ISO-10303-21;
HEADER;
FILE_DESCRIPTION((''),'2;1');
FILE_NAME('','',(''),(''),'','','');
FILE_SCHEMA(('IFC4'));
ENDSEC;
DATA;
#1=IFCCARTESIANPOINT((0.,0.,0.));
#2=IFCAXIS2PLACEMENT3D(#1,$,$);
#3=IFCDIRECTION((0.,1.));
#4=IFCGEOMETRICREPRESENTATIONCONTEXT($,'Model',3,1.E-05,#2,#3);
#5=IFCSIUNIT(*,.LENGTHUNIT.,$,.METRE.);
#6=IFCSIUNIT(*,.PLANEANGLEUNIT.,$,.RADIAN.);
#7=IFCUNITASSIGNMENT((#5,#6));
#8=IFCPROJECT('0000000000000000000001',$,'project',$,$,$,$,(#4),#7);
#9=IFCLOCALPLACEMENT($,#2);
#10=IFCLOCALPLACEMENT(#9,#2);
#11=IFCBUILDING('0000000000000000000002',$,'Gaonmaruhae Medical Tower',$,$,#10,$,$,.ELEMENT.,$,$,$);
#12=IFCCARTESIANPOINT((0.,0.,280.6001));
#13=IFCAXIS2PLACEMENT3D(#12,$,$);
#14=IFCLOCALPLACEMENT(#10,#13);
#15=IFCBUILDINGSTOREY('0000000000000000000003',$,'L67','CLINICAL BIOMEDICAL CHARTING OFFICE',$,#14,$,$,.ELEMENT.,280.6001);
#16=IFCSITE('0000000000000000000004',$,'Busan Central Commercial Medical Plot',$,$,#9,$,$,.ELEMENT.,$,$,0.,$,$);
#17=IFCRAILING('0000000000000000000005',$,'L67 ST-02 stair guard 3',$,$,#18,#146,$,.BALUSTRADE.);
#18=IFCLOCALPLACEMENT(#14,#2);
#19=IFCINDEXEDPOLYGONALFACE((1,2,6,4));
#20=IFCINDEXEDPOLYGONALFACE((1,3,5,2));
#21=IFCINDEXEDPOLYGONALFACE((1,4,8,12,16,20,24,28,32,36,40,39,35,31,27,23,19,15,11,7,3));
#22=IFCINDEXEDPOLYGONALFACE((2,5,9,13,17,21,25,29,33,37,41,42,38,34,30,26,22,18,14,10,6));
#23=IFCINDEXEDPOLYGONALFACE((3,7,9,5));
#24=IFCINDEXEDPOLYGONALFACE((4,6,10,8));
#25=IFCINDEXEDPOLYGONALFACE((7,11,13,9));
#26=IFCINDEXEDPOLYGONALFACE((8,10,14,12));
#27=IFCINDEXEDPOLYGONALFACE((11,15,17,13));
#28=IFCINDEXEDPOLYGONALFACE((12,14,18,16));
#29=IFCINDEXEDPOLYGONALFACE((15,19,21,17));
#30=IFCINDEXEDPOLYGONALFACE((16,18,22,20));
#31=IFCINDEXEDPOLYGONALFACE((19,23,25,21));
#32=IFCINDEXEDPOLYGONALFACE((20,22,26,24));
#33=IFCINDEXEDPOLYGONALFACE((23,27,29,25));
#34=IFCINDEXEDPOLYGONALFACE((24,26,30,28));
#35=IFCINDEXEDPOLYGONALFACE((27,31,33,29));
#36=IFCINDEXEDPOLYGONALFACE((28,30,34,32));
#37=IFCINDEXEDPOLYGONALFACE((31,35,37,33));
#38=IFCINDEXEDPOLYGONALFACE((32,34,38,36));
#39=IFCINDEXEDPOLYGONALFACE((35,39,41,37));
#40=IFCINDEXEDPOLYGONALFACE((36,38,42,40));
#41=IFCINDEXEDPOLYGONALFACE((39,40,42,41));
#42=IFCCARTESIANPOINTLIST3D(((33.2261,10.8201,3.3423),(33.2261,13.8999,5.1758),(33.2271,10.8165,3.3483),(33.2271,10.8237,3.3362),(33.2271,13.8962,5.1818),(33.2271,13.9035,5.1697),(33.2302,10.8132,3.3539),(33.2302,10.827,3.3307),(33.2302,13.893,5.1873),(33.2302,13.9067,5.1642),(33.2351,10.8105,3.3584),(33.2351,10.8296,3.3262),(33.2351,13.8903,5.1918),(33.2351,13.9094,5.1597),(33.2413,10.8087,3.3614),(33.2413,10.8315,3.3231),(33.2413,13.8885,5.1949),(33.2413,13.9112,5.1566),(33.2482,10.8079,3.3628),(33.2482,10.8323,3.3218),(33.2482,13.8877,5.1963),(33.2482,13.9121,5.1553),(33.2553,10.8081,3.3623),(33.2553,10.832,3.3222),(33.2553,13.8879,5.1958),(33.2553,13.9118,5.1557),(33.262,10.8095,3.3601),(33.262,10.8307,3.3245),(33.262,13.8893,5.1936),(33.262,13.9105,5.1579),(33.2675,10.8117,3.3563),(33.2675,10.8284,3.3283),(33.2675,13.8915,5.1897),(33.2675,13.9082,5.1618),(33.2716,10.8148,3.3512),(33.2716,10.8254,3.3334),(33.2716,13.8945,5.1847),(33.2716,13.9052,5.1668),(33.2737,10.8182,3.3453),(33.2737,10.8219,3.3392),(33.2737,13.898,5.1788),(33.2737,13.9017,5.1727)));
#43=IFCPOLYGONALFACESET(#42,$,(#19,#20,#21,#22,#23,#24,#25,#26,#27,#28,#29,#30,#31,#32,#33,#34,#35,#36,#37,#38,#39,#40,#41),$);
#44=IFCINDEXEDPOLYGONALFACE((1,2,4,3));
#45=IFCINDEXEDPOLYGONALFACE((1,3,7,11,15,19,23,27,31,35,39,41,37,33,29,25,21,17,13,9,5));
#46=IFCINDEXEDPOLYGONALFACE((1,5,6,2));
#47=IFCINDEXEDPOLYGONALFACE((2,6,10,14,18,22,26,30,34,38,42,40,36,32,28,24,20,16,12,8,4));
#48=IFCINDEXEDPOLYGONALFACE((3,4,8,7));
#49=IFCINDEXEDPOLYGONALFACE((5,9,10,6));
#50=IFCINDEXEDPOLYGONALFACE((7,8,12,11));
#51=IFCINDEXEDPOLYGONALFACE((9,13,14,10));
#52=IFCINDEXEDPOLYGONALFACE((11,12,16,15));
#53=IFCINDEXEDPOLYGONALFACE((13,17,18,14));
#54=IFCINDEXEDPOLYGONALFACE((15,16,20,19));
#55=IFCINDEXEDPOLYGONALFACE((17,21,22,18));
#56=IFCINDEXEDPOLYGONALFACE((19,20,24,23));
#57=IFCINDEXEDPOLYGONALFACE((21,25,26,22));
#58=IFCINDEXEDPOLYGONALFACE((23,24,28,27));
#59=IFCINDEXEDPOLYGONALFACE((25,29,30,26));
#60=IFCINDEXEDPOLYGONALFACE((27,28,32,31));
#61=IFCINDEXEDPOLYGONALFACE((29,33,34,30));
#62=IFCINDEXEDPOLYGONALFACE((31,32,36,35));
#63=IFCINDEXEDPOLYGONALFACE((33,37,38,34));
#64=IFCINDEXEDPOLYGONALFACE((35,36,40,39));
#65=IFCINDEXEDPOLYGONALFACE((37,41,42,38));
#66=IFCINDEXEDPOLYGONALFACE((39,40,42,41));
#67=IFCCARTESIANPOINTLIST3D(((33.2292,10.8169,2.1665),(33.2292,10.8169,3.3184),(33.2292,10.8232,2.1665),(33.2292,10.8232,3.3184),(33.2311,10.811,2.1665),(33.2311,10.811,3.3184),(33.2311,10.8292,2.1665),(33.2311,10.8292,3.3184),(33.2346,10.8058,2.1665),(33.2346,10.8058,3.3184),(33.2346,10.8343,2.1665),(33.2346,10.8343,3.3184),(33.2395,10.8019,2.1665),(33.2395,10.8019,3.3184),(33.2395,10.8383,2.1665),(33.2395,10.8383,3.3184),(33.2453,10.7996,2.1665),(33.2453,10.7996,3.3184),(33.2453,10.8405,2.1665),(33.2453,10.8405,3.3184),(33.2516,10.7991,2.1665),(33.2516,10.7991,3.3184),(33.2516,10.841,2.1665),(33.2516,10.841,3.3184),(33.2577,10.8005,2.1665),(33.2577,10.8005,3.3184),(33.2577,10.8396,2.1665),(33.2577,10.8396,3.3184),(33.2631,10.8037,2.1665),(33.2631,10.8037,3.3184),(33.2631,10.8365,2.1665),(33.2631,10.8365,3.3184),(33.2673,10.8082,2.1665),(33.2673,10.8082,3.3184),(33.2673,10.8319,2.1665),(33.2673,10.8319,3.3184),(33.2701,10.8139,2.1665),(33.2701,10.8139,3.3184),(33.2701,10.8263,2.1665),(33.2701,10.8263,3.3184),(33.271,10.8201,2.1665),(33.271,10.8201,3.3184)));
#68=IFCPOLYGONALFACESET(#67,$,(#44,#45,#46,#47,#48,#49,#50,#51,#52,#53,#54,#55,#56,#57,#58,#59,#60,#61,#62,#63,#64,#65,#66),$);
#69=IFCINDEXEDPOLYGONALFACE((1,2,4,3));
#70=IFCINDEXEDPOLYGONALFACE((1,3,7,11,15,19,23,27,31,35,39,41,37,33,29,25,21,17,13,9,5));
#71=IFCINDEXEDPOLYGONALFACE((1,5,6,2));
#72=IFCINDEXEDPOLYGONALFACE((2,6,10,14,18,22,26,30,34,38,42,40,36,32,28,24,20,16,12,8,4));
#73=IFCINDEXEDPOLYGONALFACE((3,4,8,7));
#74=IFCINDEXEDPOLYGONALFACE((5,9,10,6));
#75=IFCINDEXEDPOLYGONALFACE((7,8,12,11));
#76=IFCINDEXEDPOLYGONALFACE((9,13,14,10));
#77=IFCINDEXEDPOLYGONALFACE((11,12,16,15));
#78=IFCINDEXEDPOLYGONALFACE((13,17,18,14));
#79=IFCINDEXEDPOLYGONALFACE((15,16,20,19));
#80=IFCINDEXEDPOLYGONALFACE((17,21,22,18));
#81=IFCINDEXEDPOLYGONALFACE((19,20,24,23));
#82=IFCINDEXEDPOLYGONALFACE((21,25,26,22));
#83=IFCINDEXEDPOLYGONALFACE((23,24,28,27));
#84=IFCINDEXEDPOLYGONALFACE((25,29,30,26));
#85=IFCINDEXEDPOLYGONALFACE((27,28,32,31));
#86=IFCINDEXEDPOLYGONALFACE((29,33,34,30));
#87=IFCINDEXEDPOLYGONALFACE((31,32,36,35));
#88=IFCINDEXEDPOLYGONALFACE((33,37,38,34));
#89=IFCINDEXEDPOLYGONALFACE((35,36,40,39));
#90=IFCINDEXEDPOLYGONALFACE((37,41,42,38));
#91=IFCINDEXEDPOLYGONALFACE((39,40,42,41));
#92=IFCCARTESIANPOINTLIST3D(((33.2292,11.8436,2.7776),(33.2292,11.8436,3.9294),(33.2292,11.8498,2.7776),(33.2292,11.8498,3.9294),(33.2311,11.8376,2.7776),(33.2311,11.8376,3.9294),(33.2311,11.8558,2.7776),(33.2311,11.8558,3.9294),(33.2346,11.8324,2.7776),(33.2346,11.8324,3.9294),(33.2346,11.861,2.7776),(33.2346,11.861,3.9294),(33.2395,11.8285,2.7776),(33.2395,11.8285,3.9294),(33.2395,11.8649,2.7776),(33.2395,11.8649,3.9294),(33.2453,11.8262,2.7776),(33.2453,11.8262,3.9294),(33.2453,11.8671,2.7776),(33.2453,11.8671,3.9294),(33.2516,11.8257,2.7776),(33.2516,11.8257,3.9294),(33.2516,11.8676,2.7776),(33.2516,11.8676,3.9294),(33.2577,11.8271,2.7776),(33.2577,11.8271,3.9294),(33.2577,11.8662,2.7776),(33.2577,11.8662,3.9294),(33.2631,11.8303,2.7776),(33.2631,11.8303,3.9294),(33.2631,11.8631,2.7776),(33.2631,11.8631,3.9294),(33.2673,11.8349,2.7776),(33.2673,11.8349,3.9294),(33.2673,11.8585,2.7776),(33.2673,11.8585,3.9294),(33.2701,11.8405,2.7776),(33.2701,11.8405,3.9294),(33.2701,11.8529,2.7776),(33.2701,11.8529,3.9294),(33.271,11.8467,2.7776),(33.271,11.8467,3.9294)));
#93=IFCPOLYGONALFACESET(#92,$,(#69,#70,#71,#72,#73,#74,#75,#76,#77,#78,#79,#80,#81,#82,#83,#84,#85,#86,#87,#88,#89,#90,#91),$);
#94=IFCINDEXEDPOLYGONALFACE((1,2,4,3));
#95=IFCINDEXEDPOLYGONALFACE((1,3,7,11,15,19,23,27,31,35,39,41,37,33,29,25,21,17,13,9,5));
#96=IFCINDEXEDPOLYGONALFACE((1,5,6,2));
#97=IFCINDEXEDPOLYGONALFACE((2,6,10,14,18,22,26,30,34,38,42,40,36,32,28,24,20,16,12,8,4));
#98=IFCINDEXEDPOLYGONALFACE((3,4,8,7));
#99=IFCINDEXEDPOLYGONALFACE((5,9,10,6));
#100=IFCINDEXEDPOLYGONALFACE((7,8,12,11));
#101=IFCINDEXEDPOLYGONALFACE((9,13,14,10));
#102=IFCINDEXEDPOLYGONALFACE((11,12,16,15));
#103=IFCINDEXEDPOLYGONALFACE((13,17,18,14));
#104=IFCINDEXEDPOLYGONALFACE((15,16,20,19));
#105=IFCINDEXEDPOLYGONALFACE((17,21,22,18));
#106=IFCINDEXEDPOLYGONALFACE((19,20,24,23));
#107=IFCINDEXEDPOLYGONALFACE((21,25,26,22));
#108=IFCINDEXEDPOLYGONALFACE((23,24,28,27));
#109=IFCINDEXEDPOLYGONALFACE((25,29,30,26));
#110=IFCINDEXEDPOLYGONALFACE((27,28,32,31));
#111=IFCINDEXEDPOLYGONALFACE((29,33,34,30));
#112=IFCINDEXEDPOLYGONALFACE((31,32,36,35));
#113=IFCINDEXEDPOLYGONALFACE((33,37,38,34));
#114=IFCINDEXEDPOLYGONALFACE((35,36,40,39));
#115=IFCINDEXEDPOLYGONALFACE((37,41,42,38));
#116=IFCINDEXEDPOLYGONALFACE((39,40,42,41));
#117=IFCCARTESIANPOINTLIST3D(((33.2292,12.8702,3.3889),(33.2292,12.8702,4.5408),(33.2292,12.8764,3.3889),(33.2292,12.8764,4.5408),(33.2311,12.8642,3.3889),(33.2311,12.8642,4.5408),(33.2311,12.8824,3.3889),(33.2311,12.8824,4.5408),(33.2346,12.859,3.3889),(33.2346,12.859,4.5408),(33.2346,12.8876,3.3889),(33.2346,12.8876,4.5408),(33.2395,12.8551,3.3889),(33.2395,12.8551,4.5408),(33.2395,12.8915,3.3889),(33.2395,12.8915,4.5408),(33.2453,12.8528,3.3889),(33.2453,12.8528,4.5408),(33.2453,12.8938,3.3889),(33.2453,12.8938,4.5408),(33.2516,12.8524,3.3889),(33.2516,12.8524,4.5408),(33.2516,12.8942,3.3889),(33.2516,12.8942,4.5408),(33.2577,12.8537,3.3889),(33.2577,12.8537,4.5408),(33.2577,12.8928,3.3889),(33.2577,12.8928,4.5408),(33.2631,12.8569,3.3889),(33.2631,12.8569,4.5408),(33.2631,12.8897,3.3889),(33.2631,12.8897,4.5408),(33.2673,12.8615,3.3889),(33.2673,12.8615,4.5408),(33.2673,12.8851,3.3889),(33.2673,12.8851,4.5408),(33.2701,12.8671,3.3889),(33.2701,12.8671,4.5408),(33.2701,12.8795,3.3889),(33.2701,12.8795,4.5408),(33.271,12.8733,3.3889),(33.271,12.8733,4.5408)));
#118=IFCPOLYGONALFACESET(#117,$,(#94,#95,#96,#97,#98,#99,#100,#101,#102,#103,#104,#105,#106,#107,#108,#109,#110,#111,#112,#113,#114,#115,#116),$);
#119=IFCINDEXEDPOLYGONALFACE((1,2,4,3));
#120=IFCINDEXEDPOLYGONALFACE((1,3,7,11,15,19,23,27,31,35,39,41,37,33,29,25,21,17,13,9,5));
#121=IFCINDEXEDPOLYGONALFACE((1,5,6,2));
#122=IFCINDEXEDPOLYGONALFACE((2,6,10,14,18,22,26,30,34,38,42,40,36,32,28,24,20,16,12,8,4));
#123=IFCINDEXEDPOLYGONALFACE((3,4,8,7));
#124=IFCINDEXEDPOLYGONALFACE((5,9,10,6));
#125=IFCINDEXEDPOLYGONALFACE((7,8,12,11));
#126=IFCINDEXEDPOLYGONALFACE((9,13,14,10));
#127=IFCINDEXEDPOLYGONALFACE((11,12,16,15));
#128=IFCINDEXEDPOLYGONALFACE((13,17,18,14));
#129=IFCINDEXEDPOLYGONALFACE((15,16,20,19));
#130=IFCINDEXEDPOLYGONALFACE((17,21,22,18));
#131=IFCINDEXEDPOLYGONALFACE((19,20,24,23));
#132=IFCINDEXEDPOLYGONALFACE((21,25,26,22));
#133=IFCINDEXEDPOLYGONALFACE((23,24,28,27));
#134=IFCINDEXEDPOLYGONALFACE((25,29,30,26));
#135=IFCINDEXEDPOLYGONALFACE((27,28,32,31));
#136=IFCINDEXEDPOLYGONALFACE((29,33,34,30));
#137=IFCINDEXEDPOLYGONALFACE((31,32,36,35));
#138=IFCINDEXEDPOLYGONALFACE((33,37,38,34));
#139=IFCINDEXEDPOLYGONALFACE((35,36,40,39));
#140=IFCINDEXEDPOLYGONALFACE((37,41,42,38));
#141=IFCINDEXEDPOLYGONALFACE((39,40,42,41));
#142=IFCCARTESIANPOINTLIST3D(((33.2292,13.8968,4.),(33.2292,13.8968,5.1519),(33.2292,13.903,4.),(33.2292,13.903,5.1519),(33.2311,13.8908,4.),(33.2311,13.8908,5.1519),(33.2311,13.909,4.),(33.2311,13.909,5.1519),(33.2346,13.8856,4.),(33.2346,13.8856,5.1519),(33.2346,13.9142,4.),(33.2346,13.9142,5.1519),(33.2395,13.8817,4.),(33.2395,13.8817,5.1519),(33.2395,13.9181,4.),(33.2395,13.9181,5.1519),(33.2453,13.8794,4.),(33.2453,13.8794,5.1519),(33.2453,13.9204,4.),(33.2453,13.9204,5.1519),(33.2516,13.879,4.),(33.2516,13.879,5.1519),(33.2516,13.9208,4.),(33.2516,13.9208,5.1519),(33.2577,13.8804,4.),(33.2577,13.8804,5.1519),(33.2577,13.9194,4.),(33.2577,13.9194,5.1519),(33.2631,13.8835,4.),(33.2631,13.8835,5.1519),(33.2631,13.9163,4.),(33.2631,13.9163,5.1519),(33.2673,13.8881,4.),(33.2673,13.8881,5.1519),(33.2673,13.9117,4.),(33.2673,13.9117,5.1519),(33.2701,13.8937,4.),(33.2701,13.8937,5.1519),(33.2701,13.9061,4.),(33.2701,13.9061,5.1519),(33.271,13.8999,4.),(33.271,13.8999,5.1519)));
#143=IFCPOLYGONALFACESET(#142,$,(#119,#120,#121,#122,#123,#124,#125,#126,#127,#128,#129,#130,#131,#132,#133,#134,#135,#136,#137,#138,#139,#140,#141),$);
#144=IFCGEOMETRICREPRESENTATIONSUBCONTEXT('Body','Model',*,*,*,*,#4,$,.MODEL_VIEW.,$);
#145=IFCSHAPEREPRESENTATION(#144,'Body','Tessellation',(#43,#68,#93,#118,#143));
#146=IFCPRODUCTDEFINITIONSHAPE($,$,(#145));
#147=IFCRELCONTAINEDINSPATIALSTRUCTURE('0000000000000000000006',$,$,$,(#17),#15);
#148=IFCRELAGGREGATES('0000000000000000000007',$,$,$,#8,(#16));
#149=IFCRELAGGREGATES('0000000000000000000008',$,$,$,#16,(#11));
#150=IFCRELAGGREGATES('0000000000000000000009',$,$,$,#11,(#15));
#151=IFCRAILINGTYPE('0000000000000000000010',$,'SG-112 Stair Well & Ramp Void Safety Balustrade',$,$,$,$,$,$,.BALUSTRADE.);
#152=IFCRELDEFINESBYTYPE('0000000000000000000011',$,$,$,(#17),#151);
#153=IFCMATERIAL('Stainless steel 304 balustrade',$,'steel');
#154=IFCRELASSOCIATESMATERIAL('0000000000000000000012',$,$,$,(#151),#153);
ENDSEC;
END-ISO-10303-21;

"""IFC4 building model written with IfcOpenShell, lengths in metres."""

from ifc_helpers import new_model, si_unit, direction, frame, origin, origin_2d, place, context, subcontext, project, spatial, circle, extrude, material, type_object, element, save


model = new_model("IFC4")

# Units and contexts
model_context = context("Model", 3, precision=1e-05, world=origin(), true_north=direction((0.0, 1.0)))
body_context = subcontext(model_context, "Body", "Model", "MODEL_VIEW")
ifc_project = project(units=[si_unit("LENGTHUNIT", "METRE"), si_unit("PLANEANGLEUNIT", "RADIAN")], contexts=[model_context])

# Site, building, storey
site_placement = place(None, origin())
site = spatial("IfcSite", under=ifc_project, at=site_placement, Name="Busan Central Commercial Medical Plot", CompositionType="ELEMENT", RefElevation=0.0)
building_placement = place(site_placement, origin())
building = spatial("IfcBuilding", under=site, at=building_placement, Name="Gaonmaruhae Medical Tower", CompositionType="ELEMENT")
storey_placement = place(building_placement, frame((0.0, 0.0, 280.6001)))
storey = spatial("IfcBuildingStorey", under=building, at=storey_placement, Name="L67", Description="CLINICAL BIOMEDICAL CHARTING OFFICE", CompositionType="ELEMENT", Elevation=280.6001)

# Railing
ifc_material_1 = material(Name="Stainless steel 304 balustrade", Category="steel")
railing_type_1 = type_object("IfcRailingType", Name="SG-112 Stair Well & Ramp Void Safety Balustrade", PredefinedType="BALUSTRADE", material=ifc_material_1)
railing_1_placement = place(storey_placement, frame((33.25, 10.8201, 2.1665)))
element("IfcRailing", 1, at=railing_1_placement, inside=storey, type_object=railing_type_1, Name="L67 ST-02 stair guard 3", PredefinedType="BALUSTRADE", context=body_context, shape_type="SweptSolid", body=[
    extrude(circle(Radius=0.0239, at=origin_2d()), frame((0.0, 0.0, 1.1758), z_axis=(0.0, 0.859261, 0.511538), x_axis=(-1.0, 0.0, 0.0)), (0.0, 0.0, 1.0), 3.5842),
    extrude(circle(Radius=0.021, at=origin_2d()), origin(), (0.0, 0.0, 1.0), 1.1519),
    extrude(circle(Radius=0.021, at=origin_2d()), frame((0.0, 1.0266, 0.6111)), (0.0, 0.0, 1.0), 1.1519),
    extrude(circle(Radius=0.021, at=origin_2d()), frame((0.0, 2.0532, 1.2224)), (0.0, 0.0, 1.0), 1.1519),
    extrude(circle(Radius=0.021, at=origin_2d()), frame((0.0, 3.0798, 1.8335)), (0.0, 0.0, 1.0), 1.1519),
])

save(model, "model.ifc")
